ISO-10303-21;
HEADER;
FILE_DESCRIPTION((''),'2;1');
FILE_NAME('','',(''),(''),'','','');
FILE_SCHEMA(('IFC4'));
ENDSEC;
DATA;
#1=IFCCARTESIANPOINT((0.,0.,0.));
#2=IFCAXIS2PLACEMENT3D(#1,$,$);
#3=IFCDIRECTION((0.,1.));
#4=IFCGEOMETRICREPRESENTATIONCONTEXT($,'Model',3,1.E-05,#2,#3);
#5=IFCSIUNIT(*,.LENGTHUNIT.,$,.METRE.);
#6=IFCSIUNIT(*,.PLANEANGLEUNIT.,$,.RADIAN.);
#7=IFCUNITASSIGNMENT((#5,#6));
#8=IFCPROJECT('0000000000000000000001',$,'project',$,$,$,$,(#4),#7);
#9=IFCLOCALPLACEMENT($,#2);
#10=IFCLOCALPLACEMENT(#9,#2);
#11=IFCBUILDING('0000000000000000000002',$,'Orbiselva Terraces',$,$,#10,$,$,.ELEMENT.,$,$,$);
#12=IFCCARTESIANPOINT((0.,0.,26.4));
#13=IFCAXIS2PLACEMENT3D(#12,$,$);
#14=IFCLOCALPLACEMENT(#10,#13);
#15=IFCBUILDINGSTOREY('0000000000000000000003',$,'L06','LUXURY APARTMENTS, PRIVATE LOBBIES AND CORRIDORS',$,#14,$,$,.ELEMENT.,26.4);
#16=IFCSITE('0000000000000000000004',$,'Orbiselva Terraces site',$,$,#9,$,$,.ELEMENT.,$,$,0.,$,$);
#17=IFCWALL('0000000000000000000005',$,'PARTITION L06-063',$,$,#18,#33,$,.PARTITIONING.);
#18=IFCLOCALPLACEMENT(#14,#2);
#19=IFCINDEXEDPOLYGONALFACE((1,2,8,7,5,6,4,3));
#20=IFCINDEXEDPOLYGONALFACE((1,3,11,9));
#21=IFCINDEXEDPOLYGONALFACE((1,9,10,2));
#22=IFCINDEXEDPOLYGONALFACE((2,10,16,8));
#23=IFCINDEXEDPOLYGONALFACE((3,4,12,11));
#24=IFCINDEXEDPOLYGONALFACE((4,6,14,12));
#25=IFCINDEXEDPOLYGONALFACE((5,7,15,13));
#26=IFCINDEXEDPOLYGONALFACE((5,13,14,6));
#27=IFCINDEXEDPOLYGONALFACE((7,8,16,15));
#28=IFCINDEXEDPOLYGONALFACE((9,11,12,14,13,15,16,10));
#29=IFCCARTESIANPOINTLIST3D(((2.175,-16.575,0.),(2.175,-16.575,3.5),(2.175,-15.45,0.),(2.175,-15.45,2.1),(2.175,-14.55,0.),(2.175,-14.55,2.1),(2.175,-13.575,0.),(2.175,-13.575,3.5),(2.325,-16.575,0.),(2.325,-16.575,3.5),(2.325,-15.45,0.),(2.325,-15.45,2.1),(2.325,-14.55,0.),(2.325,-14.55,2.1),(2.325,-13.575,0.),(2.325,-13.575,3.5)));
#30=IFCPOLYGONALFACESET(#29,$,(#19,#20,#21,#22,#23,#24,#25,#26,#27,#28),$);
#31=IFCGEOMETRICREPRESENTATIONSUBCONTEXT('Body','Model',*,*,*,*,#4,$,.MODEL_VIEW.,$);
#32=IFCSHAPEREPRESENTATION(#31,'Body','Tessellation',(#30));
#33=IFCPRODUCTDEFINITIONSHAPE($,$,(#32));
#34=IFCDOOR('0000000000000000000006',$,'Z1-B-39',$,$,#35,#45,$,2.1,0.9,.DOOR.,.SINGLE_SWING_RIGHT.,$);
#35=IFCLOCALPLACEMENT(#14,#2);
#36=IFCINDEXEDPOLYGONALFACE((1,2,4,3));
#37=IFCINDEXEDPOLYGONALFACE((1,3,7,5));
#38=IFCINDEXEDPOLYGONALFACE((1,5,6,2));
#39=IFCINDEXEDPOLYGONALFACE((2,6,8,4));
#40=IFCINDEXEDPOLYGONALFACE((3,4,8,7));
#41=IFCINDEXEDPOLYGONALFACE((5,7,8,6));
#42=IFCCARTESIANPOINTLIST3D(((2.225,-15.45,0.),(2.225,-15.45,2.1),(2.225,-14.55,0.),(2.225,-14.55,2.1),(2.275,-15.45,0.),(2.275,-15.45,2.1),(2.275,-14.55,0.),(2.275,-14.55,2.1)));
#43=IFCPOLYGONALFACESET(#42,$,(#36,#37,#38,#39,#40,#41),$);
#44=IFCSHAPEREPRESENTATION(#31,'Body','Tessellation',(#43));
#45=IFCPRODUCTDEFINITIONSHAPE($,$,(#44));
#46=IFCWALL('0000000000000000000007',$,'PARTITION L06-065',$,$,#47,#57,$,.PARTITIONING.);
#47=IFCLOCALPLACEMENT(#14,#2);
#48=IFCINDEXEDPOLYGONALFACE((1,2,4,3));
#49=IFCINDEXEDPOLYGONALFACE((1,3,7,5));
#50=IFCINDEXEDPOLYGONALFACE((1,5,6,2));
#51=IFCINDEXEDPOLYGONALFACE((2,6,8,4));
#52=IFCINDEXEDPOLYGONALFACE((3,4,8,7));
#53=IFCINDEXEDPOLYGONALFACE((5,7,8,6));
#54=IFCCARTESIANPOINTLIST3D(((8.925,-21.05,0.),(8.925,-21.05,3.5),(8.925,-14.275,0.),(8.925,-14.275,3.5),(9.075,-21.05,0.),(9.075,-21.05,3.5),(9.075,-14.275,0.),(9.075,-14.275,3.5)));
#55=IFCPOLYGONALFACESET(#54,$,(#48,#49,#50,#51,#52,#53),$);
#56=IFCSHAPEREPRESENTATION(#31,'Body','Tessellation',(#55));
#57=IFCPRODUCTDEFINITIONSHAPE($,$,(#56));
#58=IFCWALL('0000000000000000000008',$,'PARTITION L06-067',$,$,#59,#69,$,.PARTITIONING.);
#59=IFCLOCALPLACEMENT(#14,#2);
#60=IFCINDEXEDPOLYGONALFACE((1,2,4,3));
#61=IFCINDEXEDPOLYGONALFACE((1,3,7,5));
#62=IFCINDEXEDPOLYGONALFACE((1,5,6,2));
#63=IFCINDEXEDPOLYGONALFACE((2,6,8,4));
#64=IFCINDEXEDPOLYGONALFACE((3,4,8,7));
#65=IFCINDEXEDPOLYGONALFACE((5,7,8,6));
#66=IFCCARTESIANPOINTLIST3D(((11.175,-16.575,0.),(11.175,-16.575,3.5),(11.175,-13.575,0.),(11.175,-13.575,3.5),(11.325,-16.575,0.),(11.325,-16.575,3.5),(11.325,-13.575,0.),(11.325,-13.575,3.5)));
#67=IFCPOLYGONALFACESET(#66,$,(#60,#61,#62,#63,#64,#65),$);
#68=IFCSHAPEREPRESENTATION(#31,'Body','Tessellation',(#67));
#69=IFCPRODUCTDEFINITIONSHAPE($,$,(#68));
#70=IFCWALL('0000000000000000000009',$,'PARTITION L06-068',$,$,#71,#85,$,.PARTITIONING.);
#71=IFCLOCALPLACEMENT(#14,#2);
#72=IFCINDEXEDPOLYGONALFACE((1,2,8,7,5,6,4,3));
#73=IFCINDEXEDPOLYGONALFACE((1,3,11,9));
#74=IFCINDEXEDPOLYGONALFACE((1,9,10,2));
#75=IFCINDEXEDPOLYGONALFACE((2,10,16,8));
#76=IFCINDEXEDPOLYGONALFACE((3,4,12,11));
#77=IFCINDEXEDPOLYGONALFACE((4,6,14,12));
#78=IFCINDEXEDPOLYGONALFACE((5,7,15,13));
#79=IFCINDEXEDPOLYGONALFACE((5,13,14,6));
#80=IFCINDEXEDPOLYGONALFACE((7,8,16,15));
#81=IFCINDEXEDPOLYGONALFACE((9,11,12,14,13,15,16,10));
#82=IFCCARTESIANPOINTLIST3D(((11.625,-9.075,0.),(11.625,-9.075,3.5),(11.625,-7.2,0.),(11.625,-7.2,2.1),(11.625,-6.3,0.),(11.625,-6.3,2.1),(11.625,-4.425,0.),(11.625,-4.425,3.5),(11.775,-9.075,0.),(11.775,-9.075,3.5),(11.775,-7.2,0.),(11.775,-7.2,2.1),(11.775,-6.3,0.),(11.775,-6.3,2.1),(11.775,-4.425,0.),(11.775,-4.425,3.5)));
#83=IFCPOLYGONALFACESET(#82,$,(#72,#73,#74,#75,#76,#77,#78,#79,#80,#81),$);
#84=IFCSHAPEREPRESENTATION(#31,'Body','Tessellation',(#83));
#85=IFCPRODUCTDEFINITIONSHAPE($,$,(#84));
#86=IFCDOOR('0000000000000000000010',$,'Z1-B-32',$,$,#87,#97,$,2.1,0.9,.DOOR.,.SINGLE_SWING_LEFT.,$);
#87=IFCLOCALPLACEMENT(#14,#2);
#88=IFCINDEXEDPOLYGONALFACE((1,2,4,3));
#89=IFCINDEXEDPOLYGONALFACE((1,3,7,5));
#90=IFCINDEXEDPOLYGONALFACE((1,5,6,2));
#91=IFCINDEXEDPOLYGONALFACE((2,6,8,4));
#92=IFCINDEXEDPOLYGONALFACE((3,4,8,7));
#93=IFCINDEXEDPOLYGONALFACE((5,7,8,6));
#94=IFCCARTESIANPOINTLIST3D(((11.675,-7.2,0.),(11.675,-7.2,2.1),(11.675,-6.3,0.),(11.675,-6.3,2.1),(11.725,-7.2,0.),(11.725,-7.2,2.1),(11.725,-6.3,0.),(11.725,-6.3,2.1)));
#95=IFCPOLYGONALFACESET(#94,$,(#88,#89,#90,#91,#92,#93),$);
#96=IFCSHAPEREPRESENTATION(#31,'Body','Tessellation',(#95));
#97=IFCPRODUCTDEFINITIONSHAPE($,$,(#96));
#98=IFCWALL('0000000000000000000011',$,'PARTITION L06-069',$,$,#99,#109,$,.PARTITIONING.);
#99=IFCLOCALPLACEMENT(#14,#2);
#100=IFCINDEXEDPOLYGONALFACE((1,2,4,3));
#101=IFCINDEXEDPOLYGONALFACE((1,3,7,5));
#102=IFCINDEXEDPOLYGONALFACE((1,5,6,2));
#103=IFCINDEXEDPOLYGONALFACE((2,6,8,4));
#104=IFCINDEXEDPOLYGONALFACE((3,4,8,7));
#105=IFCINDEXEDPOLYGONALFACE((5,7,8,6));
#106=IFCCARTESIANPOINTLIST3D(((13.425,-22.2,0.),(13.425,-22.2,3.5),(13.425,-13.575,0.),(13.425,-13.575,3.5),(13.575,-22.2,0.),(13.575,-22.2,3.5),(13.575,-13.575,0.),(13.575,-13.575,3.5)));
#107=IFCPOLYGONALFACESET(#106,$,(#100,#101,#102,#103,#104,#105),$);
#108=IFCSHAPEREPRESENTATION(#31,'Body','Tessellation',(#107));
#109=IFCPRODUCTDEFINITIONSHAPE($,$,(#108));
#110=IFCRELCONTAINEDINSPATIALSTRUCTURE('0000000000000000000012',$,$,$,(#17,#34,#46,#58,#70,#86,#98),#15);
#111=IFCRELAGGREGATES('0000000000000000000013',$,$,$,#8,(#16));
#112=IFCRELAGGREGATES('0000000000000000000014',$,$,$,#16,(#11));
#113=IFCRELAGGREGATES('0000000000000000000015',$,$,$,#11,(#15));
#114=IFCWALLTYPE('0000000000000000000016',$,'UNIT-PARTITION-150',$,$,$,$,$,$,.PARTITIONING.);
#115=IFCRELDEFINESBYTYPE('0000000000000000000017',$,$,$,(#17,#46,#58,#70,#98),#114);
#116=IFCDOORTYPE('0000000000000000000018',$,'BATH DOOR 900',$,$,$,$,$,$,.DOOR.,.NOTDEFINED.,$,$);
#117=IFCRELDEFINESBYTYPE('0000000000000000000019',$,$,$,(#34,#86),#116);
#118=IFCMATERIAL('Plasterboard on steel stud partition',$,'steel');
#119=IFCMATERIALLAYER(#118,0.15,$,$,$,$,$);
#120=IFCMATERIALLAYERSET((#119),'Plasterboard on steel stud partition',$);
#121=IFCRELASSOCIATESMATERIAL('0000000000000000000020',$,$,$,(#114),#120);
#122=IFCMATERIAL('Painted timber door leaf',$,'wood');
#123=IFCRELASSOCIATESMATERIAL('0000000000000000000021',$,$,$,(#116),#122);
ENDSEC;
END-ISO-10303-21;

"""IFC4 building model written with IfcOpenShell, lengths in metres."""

from ifc_helpers import new_model, si_unit, direction, frame, frame_2d, origin, place, context, subcontext, project, spatial, rectangle, extrude, material, layer, layer_set, type_object, element, fill, save


model = new_model("IFC4")

# Units and contexts
model_context = context("Model", 3, precision=1e-05, world=origin(), true_north=direction((0.0, 1.0)))
body_context = subcontext(model_context, "Body", "Model", "MODEL_VIEW")
ifc_project = project(units=[si_unit("LENGTHUNIT", "METRE"), si_unit("PLANEANGLEUNIT", "RADIAN")], contexts=[model_context])

# Site, building, storey
site_placement = place(None, origin())
site = spatial("IfcSite", under=ifc_project, at=site_placement, Name="Orbiselva Terraces site", CompositionType="ELEMENT", RefElevation=0.0)
building_placement = place(site_placement, origin())
building = spatial("IfcBuilding", under=site, at=building_placement, Name="Orbiselva Terraces", CompositionType="ELEMENT")
storey_placement = place(building_placement, frame((0.0, 0.0, 26.4)))
storey = spatial("IfcBuildingStorey", under=building, at=storey_placement, Name="L06", Description="LUXURY APARTMENTS, PRIVATE LOBBIES AND CORRIDORS", CompositionType="ELEMENT", Elevation=26.4)

# Shared definitions
ifc_material_1 = material(Name="Plasterboard on steel stud partition", Category="steel")
ifc_layer_1 = layer(ifc_material_1, 0.15)
ifc_layer_set_1 = layer_set([ifc_layer_1], Name="Plasterboard on steel stud partition")
wall_type_1 = type_object("IfcWallType", Name="UNIT-PARTITION-150", PredefinedType="PARTITIONING", material=ifc_layer_set_1)

# Shared definitions
ifc_material_2 = material(Name="Painted timber door leaf", Category="wood")
door_type_1 = type_object("IfcDoorType", Name="BATH DOOR 900", OperationType="NOTDEFINED", PredefinedType="DOOR", material=ifc_material_2)

# Wall, opening, door
wall_1_placement = place(storey_placement, frame((2.25, -16.575, 0.0), z_axis=(0.0, 0.0, 1.0), x_axis=(0.0, 1.0, 0.0)))
wall_1 = element("IfcWall", 1, at=wall_1_placement, inside=storey, type_object=wall_type_1, Name="PARTITION L06-063", PredefinedType="PARTITIONING", context=body_context, shape_type="SweptSolid", body=[
    extrude(rectangle(XDim=3.0, YDim=0.15, at=frame_2d((1.5, 0.0))), origin(), (0.0, 0.0, 1.0), 3.5),
])
opening_1_placement = place(wall_1_placement, frame((1.125, 0.0, 0.0)))
opening_1 = element("IfcOpeningElement", 2, at=opening_1_placement, cuts=wall_1, PredefinedType="OPENING", context=body_context, shape_type="SweptSolid", body=[
    extrude(rectangle(XDim=0.9, YDim=2.1, at=frame_2d((0.45, 1.05))), frame((0.0, 0.085, 0.0), z_axis=(0.0, -1.0, 0.0), x_axis=(1.0, 0.0, 0.0)), (0.0, 0.0, 1.0), 0.17),
])
door_1_placement = place(opening_1_placement, origin())
door_1 = element("IfcDoor", 3, at=door_1_placement, inside=storey, type_object=door_type_1, Name="Z1-B-39", OperationType="SINGLE_SWING_RIGHT", OverallHeight=2.1, OverallWidth=0.9, PredefinedType="DOOR", context=body_context, shape_type="SweptSolid", body=[
    extrude(rectangle(XDim=0.9, YDim=2.1, at=frame_2d((0.45, 1.05))), frame((0.0, 0.025, 0.0), z_axis=(0.0, -1.0, 0.0), x_axis=(1.0, 0.0, 0.0)), (0.0, 0.0, 1.0), 0.05),
])
fill(opening_1, door_1)

# Walls
wall_2_placement = place(storey_placement, frame((9.0, -21.05, 0.0), z_axis=(0.0, 0.0, 1.0), x_axis=(0.0, 1.0, 0.0)))
element("IfcWall", 4, at=wall_2_placement, inside=storey, type_object=wall_type_1, Name="PARTITION L06-065", PredefinedType="PARTITIONING", context=body_context, shape_type="SweptSolid", body=[
    extrude(rectangle(XDim=6.775, YDim=0.15, at=frame_2d((3.3875, 0.0))), origin(), (0.0, 0.0, 1.0), 3.5),
])
wall_3_placement = place(storey_placement, frame((11.25, -16.575, 0.0), z_axis=(0.0, 0.0, 1.0), x_axis=(0.0, 1.0, 0.0)))
element("IfcWall", 5, at=wall_3_placement, inside=storey, type_object=wall_type_1, Name="PARTITION L06-067", PredefinedType="PARTITIONING", context=body_context, shape_type="SweptSolid", body=[
    extrude(rectangle(XDim=3.0, YDim=0.15, at=frame_2d((1.5, 0.0))), origin(), (0.0, 0.0, 1.0), 3.5),
])

# Wall, opening, door
wall_4_placement = place(storey_placement, frame((11.7, -9.075, 0.0), z_axis=(0.0, 0.0, 1.0), x_axis=(0.0, 1.0, 0.0)))
wall_4 = element("IfcWall", 6, at=wall_4_placement, inside=storey, type_object=wall_type_1, Name="PARTITION L06-068", PredefinedType="PARTITIONING", context=body_context, shape_type="SweptSolid", body=[
    extrude(rectangle(XDim=4.65, YDim=0.15, at=frame_2d((2.325, 0.0))), origin(), (0.0, 0.0, 1.0), 3.5),
])
opening_2_placement = place(wall_4_placement, frame((1.875, 0.0, 0.0)))
opening_2 = element("IfcOpeningElement", 7, at=opening_2_placement, cuts=wall_4, PredefinedType="OPENING", context=body_context, shape_type="SweptSolid", body=[
    extrude(rectangle(XDim=0.9, YDim=2.1, at=frame_2d((0.45, 1.05))), frame((0.0, 0.085, 0.0), z_axis=(0.0, -1.0, 0.0), x_axis=(1.0, 0.0, 0.0)), (0.0, 0.0, 1.0), 0.17),
])
door_2_placement = place(opening_2_placement, origin())
door_2 = element("IfcDoor", 8, at=door_2_placement, inside=storey, type_object=door_type_1, Name="Z1-B-32", OperationType="SINGLE_SWING_LEFT", OverallHeight=2.1, OverallWidth=0.9, PredefinedType="DOOR", context=body_context, shape_type="SweptSolid", body=[
    extrude(rectangle(XDim=0.9, YDim=2.1, at=frame_2d((0.45, 1.05))), frame((0.0, 0.025, 0.0), z_axis=(0.0, -1.0, 0.0), x_axis=(1.0, 0.0, 0.0)), (0.0, 0.0, 1.0), 0.05),
])
fill(opening_2, door_2)

# Wall
wall_5_placement = place(storey_placement, frame((13.5, -22.2, 0.0), z_axis=(0.0, 0.0, 1.0), x_axis=(0.0, 1.0, 0.0)))
element("IfcWall", 9, at=wall_5_placement, inside=storey, type_object=wall_type_1, Name="PARTITION L06-069", PredefinedType="PARTITIONING", context=body_context, shape_type="SweptSolid", body=[
    extrude(rectangle(XDim=8.625, YDim=0.15, at=frame_2d((4.3125, 0.0))), origin(), (0.0, 0.0, 1.0), 3.5),
])

save(model, "model.ifc")
